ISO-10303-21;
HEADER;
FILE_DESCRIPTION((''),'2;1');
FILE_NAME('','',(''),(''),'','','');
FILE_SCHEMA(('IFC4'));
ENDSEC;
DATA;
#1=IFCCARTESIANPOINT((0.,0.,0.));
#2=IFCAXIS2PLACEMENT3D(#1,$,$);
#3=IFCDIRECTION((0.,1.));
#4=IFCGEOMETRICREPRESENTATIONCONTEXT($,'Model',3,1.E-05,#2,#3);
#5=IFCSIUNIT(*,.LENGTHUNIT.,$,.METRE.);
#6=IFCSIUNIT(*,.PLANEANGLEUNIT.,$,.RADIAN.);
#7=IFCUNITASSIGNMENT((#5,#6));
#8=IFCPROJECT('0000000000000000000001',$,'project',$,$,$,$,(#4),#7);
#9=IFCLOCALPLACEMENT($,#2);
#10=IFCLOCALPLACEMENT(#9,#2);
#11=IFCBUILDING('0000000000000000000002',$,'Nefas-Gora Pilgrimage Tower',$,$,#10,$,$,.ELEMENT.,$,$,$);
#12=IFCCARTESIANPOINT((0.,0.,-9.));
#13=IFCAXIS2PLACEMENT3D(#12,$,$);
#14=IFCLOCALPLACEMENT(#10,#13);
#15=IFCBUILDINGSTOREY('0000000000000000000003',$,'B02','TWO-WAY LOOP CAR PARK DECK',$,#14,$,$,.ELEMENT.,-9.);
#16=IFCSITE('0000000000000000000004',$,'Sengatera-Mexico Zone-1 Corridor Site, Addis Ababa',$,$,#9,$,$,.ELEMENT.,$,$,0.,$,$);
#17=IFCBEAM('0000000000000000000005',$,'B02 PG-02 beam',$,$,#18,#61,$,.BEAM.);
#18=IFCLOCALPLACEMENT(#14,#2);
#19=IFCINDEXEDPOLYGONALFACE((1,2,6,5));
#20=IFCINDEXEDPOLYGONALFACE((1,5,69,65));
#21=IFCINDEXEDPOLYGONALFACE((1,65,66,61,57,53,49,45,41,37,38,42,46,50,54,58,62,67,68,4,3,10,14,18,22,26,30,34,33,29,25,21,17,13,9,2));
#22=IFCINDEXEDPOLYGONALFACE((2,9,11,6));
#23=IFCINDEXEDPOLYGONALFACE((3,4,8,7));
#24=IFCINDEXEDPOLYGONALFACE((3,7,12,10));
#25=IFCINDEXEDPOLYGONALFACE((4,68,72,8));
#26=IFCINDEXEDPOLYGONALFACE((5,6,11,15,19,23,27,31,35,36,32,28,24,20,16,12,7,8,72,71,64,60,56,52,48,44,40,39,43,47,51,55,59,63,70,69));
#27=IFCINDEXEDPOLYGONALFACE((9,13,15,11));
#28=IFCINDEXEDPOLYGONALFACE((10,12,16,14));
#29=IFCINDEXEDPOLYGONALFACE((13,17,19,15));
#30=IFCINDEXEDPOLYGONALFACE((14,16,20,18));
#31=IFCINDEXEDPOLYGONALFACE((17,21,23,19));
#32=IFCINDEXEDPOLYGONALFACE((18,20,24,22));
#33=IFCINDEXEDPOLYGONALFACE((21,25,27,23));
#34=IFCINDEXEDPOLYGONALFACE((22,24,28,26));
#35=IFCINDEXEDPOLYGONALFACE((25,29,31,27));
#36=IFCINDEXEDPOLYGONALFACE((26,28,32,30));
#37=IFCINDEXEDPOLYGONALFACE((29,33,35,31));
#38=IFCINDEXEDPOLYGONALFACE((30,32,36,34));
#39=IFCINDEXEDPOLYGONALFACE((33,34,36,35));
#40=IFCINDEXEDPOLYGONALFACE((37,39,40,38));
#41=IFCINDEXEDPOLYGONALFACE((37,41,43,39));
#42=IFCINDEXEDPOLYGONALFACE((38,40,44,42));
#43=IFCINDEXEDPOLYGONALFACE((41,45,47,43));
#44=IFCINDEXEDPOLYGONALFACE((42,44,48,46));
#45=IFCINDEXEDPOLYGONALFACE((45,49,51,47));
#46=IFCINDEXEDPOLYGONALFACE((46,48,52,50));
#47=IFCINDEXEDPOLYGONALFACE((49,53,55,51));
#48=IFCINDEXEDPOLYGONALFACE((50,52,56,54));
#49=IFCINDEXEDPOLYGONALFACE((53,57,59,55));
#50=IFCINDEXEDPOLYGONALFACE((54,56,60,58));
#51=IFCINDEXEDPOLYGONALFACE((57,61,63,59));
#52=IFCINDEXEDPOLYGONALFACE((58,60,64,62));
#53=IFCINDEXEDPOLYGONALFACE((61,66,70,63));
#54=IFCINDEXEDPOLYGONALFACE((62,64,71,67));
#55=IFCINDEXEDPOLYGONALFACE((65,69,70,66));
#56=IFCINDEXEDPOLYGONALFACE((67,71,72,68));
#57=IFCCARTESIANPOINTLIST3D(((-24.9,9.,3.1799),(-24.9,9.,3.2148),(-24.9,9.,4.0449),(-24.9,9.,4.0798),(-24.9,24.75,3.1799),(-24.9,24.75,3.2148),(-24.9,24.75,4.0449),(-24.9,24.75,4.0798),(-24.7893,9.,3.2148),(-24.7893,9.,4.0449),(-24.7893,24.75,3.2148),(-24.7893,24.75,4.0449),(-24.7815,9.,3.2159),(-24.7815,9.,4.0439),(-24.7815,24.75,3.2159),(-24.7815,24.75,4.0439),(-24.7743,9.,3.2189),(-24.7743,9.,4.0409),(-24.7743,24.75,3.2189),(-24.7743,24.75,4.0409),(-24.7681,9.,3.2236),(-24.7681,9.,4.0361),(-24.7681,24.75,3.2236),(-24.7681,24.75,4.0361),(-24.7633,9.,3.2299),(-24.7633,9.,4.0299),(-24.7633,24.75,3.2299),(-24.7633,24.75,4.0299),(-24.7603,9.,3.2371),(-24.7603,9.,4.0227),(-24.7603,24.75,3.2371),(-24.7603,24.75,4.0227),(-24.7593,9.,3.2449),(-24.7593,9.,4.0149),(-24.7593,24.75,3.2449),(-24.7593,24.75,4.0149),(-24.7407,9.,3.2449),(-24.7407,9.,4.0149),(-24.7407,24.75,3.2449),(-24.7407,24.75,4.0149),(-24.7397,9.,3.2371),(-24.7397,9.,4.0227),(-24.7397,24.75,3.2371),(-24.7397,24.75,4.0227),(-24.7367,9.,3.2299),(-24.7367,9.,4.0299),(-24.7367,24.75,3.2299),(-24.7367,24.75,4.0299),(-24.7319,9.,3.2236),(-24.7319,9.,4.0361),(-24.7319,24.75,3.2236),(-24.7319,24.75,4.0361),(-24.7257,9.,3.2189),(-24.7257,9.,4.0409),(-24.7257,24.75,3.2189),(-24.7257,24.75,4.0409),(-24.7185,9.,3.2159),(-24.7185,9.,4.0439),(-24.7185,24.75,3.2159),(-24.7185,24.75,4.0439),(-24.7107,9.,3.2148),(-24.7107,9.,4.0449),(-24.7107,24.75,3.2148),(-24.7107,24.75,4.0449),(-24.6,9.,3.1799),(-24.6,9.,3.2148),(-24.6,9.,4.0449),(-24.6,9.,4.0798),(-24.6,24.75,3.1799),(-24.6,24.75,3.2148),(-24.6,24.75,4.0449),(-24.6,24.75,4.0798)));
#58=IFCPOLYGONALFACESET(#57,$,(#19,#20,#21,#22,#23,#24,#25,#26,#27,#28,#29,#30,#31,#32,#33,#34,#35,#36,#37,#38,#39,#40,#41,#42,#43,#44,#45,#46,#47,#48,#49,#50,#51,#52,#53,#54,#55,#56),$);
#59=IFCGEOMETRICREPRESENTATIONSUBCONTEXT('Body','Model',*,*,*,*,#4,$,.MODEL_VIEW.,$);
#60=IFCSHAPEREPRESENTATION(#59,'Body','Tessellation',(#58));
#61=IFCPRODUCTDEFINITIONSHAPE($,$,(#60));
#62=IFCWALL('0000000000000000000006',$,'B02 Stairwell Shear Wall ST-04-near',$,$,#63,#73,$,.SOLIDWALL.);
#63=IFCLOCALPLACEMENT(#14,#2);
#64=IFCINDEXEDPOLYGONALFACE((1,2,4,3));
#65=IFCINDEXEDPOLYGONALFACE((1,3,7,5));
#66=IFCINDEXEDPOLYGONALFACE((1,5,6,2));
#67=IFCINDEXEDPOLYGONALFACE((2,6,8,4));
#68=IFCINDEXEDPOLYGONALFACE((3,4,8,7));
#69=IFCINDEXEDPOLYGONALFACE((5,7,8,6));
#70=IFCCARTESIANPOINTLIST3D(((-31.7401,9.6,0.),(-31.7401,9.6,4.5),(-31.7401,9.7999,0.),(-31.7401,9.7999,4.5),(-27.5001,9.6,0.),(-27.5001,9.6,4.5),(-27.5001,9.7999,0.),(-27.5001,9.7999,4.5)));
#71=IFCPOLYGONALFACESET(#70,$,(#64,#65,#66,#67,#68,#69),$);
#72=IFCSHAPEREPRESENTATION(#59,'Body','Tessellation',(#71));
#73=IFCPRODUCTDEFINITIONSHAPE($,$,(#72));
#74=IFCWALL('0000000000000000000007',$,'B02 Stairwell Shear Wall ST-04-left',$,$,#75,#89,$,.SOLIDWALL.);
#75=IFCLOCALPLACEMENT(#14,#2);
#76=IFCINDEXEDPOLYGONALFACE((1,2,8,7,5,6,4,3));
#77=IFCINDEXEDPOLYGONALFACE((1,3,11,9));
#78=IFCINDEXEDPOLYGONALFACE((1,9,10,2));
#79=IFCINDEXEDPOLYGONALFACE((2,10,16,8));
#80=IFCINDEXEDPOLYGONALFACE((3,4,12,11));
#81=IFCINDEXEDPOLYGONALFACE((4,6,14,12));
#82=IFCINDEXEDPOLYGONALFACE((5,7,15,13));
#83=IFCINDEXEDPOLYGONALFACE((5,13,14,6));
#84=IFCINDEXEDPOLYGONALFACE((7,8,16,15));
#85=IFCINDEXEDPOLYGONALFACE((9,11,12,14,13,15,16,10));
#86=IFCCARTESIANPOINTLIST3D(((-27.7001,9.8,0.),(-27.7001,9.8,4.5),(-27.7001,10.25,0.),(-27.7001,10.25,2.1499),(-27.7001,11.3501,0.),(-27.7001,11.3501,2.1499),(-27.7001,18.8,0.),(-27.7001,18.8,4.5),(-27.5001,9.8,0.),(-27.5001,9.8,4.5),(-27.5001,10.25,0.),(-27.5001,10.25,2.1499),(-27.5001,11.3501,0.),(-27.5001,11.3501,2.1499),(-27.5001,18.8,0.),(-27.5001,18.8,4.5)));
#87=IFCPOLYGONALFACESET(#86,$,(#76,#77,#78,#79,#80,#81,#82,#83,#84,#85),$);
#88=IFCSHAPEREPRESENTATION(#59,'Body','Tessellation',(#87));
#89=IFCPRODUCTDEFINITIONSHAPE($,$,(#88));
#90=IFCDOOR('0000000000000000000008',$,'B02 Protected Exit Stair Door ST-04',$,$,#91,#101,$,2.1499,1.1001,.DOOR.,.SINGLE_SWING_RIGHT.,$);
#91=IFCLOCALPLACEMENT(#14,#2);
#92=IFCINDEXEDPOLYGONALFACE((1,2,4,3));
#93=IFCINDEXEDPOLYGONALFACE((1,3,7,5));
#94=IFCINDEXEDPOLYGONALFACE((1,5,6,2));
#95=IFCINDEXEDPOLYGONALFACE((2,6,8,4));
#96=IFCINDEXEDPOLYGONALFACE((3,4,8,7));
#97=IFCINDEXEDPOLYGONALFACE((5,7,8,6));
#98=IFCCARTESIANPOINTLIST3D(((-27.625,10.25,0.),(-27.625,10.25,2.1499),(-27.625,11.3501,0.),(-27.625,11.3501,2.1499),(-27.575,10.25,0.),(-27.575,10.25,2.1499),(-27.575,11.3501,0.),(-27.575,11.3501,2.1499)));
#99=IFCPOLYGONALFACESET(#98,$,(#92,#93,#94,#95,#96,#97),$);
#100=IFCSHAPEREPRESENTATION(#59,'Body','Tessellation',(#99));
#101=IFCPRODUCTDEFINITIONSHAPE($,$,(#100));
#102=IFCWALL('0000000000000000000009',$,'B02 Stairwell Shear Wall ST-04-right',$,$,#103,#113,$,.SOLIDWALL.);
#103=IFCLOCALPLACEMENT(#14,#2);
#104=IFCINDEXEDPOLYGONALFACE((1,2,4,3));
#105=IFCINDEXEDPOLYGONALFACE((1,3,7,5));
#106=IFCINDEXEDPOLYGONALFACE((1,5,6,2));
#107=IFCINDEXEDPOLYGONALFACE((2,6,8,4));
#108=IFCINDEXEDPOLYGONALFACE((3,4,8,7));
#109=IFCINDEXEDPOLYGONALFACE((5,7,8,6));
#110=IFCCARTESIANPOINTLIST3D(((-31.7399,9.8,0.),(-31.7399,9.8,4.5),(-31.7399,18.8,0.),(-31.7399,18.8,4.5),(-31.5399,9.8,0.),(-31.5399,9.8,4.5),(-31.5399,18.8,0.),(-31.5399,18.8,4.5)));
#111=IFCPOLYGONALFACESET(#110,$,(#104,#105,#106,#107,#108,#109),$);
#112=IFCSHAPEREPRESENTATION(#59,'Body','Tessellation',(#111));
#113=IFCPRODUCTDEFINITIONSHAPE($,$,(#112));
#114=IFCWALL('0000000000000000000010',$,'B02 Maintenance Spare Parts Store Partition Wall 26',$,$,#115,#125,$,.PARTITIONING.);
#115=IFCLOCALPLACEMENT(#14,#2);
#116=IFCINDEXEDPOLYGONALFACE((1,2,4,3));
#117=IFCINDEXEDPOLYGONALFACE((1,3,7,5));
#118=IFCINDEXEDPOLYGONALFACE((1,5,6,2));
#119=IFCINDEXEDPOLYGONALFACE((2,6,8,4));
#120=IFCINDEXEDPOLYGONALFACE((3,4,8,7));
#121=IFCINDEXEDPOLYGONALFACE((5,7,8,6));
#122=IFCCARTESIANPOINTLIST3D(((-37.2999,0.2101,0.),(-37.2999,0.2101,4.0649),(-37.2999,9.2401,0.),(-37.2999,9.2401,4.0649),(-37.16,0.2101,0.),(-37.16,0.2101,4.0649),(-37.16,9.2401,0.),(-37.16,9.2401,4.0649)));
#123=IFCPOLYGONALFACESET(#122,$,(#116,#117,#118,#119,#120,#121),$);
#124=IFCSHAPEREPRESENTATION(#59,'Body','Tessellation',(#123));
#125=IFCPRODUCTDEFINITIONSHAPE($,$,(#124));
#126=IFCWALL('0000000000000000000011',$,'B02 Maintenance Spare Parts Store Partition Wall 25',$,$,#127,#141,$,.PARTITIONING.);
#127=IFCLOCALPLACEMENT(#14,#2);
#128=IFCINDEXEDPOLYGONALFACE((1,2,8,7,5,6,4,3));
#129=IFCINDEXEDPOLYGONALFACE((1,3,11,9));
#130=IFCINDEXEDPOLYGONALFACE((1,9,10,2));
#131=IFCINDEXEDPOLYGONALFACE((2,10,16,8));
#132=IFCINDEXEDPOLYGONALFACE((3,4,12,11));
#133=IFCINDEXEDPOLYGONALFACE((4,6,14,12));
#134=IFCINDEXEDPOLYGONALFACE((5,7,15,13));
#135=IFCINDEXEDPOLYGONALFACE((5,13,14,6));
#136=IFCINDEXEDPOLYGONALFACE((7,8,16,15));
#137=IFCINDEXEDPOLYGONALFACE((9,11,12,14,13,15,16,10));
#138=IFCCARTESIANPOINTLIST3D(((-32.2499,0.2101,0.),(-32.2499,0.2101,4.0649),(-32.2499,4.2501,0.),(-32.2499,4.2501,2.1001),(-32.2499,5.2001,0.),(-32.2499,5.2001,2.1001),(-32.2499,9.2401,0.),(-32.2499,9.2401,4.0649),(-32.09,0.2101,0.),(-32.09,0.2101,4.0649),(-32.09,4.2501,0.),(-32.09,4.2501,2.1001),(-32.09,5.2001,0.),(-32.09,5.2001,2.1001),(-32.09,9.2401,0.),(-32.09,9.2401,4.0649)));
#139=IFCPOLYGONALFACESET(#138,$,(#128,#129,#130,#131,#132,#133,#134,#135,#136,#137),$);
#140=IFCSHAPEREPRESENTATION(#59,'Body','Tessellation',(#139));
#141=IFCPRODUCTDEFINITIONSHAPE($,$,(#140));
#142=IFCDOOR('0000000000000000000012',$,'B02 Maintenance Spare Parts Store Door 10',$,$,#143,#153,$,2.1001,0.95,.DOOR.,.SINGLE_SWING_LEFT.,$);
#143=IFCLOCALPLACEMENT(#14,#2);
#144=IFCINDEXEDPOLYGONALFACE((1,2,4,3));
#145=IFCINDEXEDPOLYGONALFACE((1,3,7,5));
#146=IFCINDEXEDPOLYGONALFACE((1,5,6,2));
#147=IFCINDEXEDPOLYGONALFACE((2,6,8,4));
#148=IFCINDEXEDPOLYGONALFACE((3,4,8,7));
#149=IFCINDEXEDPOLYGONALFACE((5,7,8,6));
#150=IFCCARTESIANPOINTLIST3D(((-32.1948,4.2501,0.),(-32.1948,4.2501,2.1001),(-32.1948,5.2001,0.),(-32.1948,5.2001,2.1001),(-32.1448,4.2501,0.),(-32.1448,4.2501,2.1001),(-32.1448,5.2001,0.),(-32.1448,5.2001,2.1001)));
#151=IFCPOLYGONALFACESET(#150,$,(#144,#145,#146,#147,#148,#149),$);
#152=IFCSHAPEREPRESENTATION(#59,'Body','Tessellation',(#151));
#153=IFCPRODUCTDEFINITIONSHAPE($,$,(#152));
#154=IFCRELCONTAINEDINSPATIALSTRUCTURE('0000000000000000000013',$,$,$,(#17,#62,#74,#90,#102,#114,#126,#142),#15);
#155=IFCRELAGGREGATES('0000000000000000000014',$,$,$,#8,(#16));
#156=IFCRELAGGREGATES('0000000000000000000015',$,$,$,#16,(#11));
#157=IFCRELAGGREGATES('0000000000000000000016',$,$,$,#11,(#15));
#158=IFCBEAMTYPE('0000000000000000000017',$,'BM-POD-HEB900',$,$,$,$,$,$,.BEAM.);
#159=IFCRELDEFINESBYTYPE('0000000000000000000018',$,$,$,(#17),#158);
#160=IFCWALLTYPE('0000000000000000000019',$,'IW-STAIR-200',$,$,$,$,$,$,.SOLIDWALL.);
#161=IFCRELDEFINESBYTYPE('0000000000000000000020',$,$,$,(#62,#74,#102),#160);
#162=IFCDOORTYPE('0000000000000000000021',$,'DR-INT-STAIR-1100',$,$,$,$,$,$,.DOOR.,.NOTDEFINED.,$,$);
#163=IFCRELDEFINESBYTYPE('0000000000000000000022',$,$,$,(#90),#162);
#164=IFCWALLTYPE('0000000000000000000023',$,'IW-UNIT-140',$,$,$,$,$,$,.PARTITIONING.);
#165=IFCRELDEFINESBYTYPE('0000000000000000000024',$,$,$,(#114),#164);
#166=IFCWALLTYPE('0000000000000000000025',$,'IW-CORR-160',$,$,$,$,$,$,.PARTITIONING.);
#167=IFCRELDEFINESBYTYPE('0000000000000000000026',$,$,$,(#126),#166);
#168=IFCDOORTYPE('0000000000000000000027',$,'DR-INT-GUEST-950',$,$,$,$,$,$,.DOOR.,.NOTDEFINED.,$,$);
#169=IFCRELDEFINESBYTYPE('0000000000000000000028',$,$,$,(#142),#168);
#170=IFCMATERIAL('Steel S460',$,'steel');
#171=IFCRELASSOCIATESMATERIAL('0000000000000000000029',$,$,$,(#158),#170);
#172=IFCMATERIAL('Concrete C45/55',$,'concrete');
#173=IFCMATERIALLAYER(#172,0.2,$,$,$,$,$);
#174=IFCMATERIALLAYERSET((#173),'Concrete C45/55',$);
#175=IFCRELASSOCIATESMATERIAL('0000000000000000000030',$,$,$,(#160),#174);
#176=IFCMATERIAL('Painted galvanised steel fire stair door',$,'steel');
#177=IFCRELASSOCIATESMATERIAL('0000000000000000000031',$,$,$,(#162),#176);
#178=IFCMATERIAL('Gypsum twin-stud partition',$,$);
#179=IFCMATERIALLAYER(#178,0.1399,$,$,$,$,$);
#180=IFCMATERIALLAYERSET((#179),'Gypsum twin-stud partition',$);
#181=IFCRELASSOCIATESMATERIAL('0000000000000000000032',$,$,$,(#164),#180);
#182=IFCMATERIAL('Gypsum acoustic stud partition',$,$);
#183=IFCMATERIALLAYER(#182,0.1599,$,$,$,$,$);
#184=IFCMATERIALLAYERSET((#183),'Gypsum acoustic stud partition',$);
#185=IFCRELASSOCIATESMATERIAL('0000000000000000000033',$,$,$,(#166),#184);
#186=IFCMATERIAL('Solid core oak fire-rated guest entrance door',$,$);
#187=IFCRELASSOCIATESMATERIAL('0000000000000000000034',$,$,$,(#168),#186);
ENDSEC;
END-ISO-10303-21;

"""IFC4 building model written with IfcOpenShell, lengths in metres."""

from ifc_helpers import new_model, si_unit, direction, frame, frame_2d, origin, origin_2d, place, context, subcontext, project, spatial, rectangle, i_section, extrude, source, transform, mapped, material, layer, layer_set, material_profile, profile_set, type_object, element, fill, save


model = new_model("IFC4")

# Units and contexts
model_context = context("Model", 3, precision=1e-05, world=origin(), true_north=direction((0.0, 1.0)))
body_context = subcontext(model_context, "Body", "Model", "MODEL_VIEW")
ifc_project = project(units=[si_unit("LENGTHUNIT", "METRE"), si_unit("PLANEANGLEUNIT", "RADIAN")], contexts=[model_context])

# Site, building, storey
site_placement = place(None, origin())
site = spatial("IfcSite", under=ifc_project, at=site_placement, Name="Sengatera-Mexico Zone-1 Corridor Site, Addis Ababa", CompositionType="ELEMENT", RefElevation=0.0)
building_placement = place(site_placement, origin())
building = spatial("IfcBuilding", under=site, at=building_placement, Name="Nefas-Gora Pilgrimage Tower", CompositionType="ELEMENT")
storey_placement = place(building_placement, frame((0.0, 0.0, -9.0)))
storey = spatial("IfcBuildingStorey", under=building, at=storey_placement, Name="B02", Description="TWO-WAY LOOP CAR PARK DECK", CompositionType="ELEMENT", Elevation=-9.0)

# Shared definitions
ifc_material_1 = material(Name="Concrete C45/55", Category="concrete")

# Shared definitions
ifc_material_2 = material(Name="Steel S460", Category="steel")

# Beam
ifc_material_profile_1 = material_profile(ifc_material_2, i_section(OverallWidth=0.3, OverallDepth=0.8999, WebThickness=0.0186, FlangeThickness=0.0349, FilletRadius=0.03, at=origin_2d()), Name="HEB 900")
ifc_profile_set_1 = profile_set([ifc_material_profile_1], Name="Steel S460")
beam_type = type_object("IfcBeamType", Name="BM-POD-HEB900", PredefinedType="BEAM", material=ifc_profile_set_1)
shared_shape_1 = source(origin(), body_context, "Body", "SweptSolid", [
    extrude(i_section(OverallWidth=0.3, OverallDepth=0.8999, WebThickness=0.0186, FlangeThickness=0.0349, FilletRadius=0.03, at=origin_2d()), origin(), (0.0, 0.0, 1.0), 15.75),
])
beam_1_placement = place(storey_placement, frame((-24.75, 9.0, 3.6299), z_axis=(0.0, 1.0, 0.0), x_axis=(-1.0, 0.0, 0.0)))
element("IfcBeam", 1, at=beam_1_placement, inside=storey, type_object=beam_type, Name="B02 PG-02 beam", PredefinedType="BEAM", context=body_context, shape_type="MappedRepresentation", body=[
    mapped(shared_shape_1, transform((0.0, 0.0, 0.0), x_axis=(1.0, 0.0, 0.0), y_axis=(0.0, 1.0, 0.0), z_axis=(0.0, 0.0, 1.0), scale=1.0)),
])

# Wall
ifc_layer_1 = layer(ifc_material_1, 0.2)
ifc_layer_set_1 = layer_set([ifc_layer_1], Name="Concrete C45/55")
wall_type_1 = type_object("IfcWallType", Name="IW-STAIR-200", PredefinedType="SOLIDWALL", material=ifc_layer_set_1)
shared_shape_2 = source(origin(), body_context, "Body", "SweptSolid", [
    extrude(rectangle(XDim=4.24, YDim=0.2, at=frame_2d((2.1201, 0.0))), origin(), (0.0, 0.0, 1.0), 4.5),
])
wall_1_placement = place(storey_placement, frame((-27.5, 9.7, 0.0), z_axis=(0.0, 0.0, 1.0), x_axis=(-1.0, 0.0, 0.0)))
element("IfcWall", 2, at=wall_1_placement, inside=storey, type_object=wall_type_1, Name="B02 Stairwell Shear Wall ST-04-near", PredefinedType="SOLIDWALL", context=body_context, shape_type="MappedRepresentation", body=[
    mapped(shared_shape_2, transform((0.0, 0.0, 0.0), x_axis=(1.0, 0.0, 0.0), y_axis=(0.0, 1.0, 0.0), z_axis=(0.0, 0.0, 1.0), scale=1.0)),
])

# Wall, opening, door
shared_shape_3 = source(origin(), body_context, "Body", "SweptSolid", [
    extrude(rectangle(XDim=9.0, YDim=0.2, at=frame_2d((4.5, 0.0))), origin(), (0.0, 0.0, 1.0), 4.5),
])
wall_2_placement = place(storey_placement, frame((-27.6001, 9.8, 0.0), z_axis=(0.0, 0.0, 1.0), x_axis=(0.0, 1.0, 0.0)))
wall_2 = element("IfcWall", 3, at=wall_2_placement, inside=storey, type_object=wall_type_1, Name="B02 Stairwell Shear Wall ST-04-left", PredefinedType="SOLIDWALL", context=body_context, shape_type="MappedRepresentation", body=[
    mapped(shared_shape_3, transform((0.0, 0.0, 0.0), x_axis=(1.0, 0.0, 0.0), y_axis=(0.0, 1.0, 0.0), z_axis=(0.0, 0.0, 1.0), scale=1.0)),
])
opening_1_placement = place(wall_2_placement, frame((0.45, 0.0, 0.0)))
opening_1 = element("IfcOpeningElement", 4, at=opening_1_placement, cuts=wall_2, PredefinedType="OPENING", context=body_context, shape_type="SweptSolid", body=[
    extrude(rectangle(XDim=1.1001, YDim=2.1499, at=frame_2d((0.55, 1.075))), frame((0.0, 0.1099, 0.0), z_axis=(0.0, -1.0, 0.0), x_axis=(1.0, 0.0, 0.0)), (0.0, 0.0, 1.0), 0.22),
])
ifc_material_3 = material(Name="Painted galvanised steel fire stair door", Category="steel")
door_type_1 = type_object("IfcDoorType", Name="DR-INT-STAIR-1100", OperationType="NOTDEFINED", PredefinedType="DOOR", material=ifc_material_3)
shared_shape_4 = source(origin(), body_context, "Body", "SweptSolid", [
    extrude(rectangle(XDim=1.1001, YDim=2.1499, at=frame_2d((0.55, 1.075))), frame((0.0, 0.0249, 0.0), z_axis=(0.0, -1.0, 0.0), x_axis=(1.0, 0.0, 0.0)), (0.0, 0.0, 1.0), 0.05),
])
door_1_placement = place(opening_1_placement, origin())
door_1 = element("IfcDoor", 5, at=door_1_placement, inside=storey, type_object=door_type_1, Name="B02 Protected Exit Stair Door ST-04", OperationType="SINGLE_SWING_RIGHT", OverallHeight=2.1499, OverallWidth=1.1001, PredefinedType="DOOR", context=body_context, shape_type="MappedRepresentation", body=[
    mapped(shared_shape_4, transform((0.0, 0.0, 0.0), x_axis=(1.0, 0.0, 0.0), y_axis=(0.0, 1.0, 0.0), z_axis=(0.0, 0.0, 1.0), scale=1.0)),
])
fill(opening_1, door_1)

# Walls
wall_3_placement = place(storey_placement, frame((-31.6399, 9.8, 0.0), z_axis=(0.0, 0.0, 1.0), x_axis=(0.0, 1.0, 0.0)))
element("IfcWall", 6, at=wall_3_placement, inside=storey, type_object=wall_type_1, Name="B02 Stairwell Shear Wall ST-04-right", PredefinedType="SOLIDWALL", context=body_context, shape_type="MappedRepresentation", body=[
    mapped(shared_shape_3, transform((0.0, 0.0, 0.0), x_axis=(1.0, 0.0, 0.0), y_axis=(0.0, 1.0, 0.0), z_axis=(0.0, 0.0, 1.0), scale=1.0)),
])
ifc_material_4 = material(Name="Gypsum twin-stud partition")
ifc_layer_2 = layer(ifc_material_4, 0.1399)
ifc_layer_set_2 = layer_set([ifc_layer_2], Name="Gypsum twin-stud partition")
wall_type_2 = type_object("IfcWallType", Name="IW-UNIT-140", PredefinedType="PARTITIONING", material=ifc_layer_set_2)
shared_shape_5 = source(origin(), body_context, "Body", "SweptSolid", [
    extrude(rectangle(XDim=9.03, YDim=0.1399, at=frame_2d((4.5151, 0.0))), origin(), (0.0, 0.0, 1.0), 4.0649),
])
wall_4_placement = place(storey_placement, frame((-37.23, 0.21, 0.0), z_axis=(0.0, 0.0, 1.0), x_axis=(0.0, 1.0, 0.0)))
element("IfcWall", 7, at=wall_4_placement, inside=storey, type_object=wall_type_2, Name="B02 Maintenance Spare Parts Store Partition Wall 26", PredefinedType="PARTITIONING", context=body_context, shape_type="MappedRepresentation", body=[
    mapped(shared_shape_5, transform((0.0, 0.0, 0.0), x_axis=(1.0, 0.0, 0.0), y_axis=(0.0, 1.0, 0.0), z_axis=(0.0, 0.0, 1.0), scale=1.0)),
])

# Wall, opening, door
ifc_material_5 = material(Name="Gypsum acoustic stud partition")
ifc_layer_3 = layer(ifc_material_5, 0.1599)
ifc_layer_set_3 = layer_set([ifc_layer_3], Name="Gypsum acoustic stud partition")
wall_type_3 = type_object("IfcWallType", Name="IW-CORR-160", PredefinedType="PARTITIONING", material=ifc_layer_set_3)
shared_shape_6 = source(origin(), body_context, "Body", "SweptSolid", [
    extrude(rectangle(XDim=9.03, YDim=0.1599, at=frame_2d((4.5151, 0.0))), origin(), (0.0, 0.0, 1.0), 4.0649),
])
wall_5_placement = place(storey_placement, frame((-32.1699, 0.21, 0.0), z_axis=(0.0, 0.0, 1.0), x_axis=(0.0, 1.0, 0.0)))
wall_5 = element("IfcWall", 8, at=wall_5_placement, inside=storey, type_object=wall_type_3, Name="B02 Maintenance Spare Parts Store Partition Wall 25", PredefinedType="PARTITIONING", context=body_context, shape_type="MappedRepresentation", body=[
    mapped(shared_shape_6, transform((0.0, 0.0, 0.0), x_axis=(1.0, 0.0, 0.0), y_axis=(0.0, 1.0, 0.0), z_axis=(0.0, 0.0, 1.0), scale=1.0)),
])
opening_2_placement = place(wall_5_placement, frame((4.04, 0.0, 0.0)))
opening_2 = element("IfcOpeningElement", 9, at=opening_2_placement, cuts=wall_5, PredefinedType="OPENING", context=body_context, shape_type="SweptSolid", body=[
    extrude(rectangle(XDim=0.95, YDim=2.1001, at=frame_2d((0.4751, 1.05))), frame((0.0, 0.0898, 0.0), z_axis=(0.0, -1.0, 0.0), x_axis=(1.0, 0.0, 0.0)), (0.0, 0.0, 1.0), 0.1799),
])
ifc_material_6 = material(Name="Solid core oak fire-rated guest entrance door")
door_type_2 = type_object("IfcDoorType", Name="DR-INT-GUEST-950", OperationType="NOTDEFINED", PredefinedType="DOOR", material=ifc_material_6)
shared_shape_7 = source(origin(), body_context, "Body", "SweptSolid", [
    extrude(rectangle(XDim=0.95, YDim=2.1001, at=frame_2d((0.4751, 1.05))), frame((0.0, 0.0249, 0.0), z_axis=(0.0, -1.0, 0.0), x_axis=(1.0, 0.0, 0.0)), (0.0, 0.0, 1.0), 0.05),
])
door_2_placement = place(opening_2_placement, origin())
door_2 = element("IfcDoor", 10, at=door_2_placement, inside=storey, type_object=door_type_2, Name="B02 Maintenance Spare Parts Store Door 10", OperationType="SINGLE_SWING_LEFT", OverallHeight=2.1001, OverallWidth=0.95, PredefinedType="DOOR", context=body_context, shape_type="MappedRepresentation", body=[
    mapped(shared_shape_7, transform((0.0, 0.0, 0.0), x_axis=(1.0, 0.0, 0.0), y_axis=(0.0, 1.0, 0.0), z_axis=(0.0, 0.0, 1.0), scale=1.0)),
])
fill(opening_2, door_2)

save(model, "model.ifc")
